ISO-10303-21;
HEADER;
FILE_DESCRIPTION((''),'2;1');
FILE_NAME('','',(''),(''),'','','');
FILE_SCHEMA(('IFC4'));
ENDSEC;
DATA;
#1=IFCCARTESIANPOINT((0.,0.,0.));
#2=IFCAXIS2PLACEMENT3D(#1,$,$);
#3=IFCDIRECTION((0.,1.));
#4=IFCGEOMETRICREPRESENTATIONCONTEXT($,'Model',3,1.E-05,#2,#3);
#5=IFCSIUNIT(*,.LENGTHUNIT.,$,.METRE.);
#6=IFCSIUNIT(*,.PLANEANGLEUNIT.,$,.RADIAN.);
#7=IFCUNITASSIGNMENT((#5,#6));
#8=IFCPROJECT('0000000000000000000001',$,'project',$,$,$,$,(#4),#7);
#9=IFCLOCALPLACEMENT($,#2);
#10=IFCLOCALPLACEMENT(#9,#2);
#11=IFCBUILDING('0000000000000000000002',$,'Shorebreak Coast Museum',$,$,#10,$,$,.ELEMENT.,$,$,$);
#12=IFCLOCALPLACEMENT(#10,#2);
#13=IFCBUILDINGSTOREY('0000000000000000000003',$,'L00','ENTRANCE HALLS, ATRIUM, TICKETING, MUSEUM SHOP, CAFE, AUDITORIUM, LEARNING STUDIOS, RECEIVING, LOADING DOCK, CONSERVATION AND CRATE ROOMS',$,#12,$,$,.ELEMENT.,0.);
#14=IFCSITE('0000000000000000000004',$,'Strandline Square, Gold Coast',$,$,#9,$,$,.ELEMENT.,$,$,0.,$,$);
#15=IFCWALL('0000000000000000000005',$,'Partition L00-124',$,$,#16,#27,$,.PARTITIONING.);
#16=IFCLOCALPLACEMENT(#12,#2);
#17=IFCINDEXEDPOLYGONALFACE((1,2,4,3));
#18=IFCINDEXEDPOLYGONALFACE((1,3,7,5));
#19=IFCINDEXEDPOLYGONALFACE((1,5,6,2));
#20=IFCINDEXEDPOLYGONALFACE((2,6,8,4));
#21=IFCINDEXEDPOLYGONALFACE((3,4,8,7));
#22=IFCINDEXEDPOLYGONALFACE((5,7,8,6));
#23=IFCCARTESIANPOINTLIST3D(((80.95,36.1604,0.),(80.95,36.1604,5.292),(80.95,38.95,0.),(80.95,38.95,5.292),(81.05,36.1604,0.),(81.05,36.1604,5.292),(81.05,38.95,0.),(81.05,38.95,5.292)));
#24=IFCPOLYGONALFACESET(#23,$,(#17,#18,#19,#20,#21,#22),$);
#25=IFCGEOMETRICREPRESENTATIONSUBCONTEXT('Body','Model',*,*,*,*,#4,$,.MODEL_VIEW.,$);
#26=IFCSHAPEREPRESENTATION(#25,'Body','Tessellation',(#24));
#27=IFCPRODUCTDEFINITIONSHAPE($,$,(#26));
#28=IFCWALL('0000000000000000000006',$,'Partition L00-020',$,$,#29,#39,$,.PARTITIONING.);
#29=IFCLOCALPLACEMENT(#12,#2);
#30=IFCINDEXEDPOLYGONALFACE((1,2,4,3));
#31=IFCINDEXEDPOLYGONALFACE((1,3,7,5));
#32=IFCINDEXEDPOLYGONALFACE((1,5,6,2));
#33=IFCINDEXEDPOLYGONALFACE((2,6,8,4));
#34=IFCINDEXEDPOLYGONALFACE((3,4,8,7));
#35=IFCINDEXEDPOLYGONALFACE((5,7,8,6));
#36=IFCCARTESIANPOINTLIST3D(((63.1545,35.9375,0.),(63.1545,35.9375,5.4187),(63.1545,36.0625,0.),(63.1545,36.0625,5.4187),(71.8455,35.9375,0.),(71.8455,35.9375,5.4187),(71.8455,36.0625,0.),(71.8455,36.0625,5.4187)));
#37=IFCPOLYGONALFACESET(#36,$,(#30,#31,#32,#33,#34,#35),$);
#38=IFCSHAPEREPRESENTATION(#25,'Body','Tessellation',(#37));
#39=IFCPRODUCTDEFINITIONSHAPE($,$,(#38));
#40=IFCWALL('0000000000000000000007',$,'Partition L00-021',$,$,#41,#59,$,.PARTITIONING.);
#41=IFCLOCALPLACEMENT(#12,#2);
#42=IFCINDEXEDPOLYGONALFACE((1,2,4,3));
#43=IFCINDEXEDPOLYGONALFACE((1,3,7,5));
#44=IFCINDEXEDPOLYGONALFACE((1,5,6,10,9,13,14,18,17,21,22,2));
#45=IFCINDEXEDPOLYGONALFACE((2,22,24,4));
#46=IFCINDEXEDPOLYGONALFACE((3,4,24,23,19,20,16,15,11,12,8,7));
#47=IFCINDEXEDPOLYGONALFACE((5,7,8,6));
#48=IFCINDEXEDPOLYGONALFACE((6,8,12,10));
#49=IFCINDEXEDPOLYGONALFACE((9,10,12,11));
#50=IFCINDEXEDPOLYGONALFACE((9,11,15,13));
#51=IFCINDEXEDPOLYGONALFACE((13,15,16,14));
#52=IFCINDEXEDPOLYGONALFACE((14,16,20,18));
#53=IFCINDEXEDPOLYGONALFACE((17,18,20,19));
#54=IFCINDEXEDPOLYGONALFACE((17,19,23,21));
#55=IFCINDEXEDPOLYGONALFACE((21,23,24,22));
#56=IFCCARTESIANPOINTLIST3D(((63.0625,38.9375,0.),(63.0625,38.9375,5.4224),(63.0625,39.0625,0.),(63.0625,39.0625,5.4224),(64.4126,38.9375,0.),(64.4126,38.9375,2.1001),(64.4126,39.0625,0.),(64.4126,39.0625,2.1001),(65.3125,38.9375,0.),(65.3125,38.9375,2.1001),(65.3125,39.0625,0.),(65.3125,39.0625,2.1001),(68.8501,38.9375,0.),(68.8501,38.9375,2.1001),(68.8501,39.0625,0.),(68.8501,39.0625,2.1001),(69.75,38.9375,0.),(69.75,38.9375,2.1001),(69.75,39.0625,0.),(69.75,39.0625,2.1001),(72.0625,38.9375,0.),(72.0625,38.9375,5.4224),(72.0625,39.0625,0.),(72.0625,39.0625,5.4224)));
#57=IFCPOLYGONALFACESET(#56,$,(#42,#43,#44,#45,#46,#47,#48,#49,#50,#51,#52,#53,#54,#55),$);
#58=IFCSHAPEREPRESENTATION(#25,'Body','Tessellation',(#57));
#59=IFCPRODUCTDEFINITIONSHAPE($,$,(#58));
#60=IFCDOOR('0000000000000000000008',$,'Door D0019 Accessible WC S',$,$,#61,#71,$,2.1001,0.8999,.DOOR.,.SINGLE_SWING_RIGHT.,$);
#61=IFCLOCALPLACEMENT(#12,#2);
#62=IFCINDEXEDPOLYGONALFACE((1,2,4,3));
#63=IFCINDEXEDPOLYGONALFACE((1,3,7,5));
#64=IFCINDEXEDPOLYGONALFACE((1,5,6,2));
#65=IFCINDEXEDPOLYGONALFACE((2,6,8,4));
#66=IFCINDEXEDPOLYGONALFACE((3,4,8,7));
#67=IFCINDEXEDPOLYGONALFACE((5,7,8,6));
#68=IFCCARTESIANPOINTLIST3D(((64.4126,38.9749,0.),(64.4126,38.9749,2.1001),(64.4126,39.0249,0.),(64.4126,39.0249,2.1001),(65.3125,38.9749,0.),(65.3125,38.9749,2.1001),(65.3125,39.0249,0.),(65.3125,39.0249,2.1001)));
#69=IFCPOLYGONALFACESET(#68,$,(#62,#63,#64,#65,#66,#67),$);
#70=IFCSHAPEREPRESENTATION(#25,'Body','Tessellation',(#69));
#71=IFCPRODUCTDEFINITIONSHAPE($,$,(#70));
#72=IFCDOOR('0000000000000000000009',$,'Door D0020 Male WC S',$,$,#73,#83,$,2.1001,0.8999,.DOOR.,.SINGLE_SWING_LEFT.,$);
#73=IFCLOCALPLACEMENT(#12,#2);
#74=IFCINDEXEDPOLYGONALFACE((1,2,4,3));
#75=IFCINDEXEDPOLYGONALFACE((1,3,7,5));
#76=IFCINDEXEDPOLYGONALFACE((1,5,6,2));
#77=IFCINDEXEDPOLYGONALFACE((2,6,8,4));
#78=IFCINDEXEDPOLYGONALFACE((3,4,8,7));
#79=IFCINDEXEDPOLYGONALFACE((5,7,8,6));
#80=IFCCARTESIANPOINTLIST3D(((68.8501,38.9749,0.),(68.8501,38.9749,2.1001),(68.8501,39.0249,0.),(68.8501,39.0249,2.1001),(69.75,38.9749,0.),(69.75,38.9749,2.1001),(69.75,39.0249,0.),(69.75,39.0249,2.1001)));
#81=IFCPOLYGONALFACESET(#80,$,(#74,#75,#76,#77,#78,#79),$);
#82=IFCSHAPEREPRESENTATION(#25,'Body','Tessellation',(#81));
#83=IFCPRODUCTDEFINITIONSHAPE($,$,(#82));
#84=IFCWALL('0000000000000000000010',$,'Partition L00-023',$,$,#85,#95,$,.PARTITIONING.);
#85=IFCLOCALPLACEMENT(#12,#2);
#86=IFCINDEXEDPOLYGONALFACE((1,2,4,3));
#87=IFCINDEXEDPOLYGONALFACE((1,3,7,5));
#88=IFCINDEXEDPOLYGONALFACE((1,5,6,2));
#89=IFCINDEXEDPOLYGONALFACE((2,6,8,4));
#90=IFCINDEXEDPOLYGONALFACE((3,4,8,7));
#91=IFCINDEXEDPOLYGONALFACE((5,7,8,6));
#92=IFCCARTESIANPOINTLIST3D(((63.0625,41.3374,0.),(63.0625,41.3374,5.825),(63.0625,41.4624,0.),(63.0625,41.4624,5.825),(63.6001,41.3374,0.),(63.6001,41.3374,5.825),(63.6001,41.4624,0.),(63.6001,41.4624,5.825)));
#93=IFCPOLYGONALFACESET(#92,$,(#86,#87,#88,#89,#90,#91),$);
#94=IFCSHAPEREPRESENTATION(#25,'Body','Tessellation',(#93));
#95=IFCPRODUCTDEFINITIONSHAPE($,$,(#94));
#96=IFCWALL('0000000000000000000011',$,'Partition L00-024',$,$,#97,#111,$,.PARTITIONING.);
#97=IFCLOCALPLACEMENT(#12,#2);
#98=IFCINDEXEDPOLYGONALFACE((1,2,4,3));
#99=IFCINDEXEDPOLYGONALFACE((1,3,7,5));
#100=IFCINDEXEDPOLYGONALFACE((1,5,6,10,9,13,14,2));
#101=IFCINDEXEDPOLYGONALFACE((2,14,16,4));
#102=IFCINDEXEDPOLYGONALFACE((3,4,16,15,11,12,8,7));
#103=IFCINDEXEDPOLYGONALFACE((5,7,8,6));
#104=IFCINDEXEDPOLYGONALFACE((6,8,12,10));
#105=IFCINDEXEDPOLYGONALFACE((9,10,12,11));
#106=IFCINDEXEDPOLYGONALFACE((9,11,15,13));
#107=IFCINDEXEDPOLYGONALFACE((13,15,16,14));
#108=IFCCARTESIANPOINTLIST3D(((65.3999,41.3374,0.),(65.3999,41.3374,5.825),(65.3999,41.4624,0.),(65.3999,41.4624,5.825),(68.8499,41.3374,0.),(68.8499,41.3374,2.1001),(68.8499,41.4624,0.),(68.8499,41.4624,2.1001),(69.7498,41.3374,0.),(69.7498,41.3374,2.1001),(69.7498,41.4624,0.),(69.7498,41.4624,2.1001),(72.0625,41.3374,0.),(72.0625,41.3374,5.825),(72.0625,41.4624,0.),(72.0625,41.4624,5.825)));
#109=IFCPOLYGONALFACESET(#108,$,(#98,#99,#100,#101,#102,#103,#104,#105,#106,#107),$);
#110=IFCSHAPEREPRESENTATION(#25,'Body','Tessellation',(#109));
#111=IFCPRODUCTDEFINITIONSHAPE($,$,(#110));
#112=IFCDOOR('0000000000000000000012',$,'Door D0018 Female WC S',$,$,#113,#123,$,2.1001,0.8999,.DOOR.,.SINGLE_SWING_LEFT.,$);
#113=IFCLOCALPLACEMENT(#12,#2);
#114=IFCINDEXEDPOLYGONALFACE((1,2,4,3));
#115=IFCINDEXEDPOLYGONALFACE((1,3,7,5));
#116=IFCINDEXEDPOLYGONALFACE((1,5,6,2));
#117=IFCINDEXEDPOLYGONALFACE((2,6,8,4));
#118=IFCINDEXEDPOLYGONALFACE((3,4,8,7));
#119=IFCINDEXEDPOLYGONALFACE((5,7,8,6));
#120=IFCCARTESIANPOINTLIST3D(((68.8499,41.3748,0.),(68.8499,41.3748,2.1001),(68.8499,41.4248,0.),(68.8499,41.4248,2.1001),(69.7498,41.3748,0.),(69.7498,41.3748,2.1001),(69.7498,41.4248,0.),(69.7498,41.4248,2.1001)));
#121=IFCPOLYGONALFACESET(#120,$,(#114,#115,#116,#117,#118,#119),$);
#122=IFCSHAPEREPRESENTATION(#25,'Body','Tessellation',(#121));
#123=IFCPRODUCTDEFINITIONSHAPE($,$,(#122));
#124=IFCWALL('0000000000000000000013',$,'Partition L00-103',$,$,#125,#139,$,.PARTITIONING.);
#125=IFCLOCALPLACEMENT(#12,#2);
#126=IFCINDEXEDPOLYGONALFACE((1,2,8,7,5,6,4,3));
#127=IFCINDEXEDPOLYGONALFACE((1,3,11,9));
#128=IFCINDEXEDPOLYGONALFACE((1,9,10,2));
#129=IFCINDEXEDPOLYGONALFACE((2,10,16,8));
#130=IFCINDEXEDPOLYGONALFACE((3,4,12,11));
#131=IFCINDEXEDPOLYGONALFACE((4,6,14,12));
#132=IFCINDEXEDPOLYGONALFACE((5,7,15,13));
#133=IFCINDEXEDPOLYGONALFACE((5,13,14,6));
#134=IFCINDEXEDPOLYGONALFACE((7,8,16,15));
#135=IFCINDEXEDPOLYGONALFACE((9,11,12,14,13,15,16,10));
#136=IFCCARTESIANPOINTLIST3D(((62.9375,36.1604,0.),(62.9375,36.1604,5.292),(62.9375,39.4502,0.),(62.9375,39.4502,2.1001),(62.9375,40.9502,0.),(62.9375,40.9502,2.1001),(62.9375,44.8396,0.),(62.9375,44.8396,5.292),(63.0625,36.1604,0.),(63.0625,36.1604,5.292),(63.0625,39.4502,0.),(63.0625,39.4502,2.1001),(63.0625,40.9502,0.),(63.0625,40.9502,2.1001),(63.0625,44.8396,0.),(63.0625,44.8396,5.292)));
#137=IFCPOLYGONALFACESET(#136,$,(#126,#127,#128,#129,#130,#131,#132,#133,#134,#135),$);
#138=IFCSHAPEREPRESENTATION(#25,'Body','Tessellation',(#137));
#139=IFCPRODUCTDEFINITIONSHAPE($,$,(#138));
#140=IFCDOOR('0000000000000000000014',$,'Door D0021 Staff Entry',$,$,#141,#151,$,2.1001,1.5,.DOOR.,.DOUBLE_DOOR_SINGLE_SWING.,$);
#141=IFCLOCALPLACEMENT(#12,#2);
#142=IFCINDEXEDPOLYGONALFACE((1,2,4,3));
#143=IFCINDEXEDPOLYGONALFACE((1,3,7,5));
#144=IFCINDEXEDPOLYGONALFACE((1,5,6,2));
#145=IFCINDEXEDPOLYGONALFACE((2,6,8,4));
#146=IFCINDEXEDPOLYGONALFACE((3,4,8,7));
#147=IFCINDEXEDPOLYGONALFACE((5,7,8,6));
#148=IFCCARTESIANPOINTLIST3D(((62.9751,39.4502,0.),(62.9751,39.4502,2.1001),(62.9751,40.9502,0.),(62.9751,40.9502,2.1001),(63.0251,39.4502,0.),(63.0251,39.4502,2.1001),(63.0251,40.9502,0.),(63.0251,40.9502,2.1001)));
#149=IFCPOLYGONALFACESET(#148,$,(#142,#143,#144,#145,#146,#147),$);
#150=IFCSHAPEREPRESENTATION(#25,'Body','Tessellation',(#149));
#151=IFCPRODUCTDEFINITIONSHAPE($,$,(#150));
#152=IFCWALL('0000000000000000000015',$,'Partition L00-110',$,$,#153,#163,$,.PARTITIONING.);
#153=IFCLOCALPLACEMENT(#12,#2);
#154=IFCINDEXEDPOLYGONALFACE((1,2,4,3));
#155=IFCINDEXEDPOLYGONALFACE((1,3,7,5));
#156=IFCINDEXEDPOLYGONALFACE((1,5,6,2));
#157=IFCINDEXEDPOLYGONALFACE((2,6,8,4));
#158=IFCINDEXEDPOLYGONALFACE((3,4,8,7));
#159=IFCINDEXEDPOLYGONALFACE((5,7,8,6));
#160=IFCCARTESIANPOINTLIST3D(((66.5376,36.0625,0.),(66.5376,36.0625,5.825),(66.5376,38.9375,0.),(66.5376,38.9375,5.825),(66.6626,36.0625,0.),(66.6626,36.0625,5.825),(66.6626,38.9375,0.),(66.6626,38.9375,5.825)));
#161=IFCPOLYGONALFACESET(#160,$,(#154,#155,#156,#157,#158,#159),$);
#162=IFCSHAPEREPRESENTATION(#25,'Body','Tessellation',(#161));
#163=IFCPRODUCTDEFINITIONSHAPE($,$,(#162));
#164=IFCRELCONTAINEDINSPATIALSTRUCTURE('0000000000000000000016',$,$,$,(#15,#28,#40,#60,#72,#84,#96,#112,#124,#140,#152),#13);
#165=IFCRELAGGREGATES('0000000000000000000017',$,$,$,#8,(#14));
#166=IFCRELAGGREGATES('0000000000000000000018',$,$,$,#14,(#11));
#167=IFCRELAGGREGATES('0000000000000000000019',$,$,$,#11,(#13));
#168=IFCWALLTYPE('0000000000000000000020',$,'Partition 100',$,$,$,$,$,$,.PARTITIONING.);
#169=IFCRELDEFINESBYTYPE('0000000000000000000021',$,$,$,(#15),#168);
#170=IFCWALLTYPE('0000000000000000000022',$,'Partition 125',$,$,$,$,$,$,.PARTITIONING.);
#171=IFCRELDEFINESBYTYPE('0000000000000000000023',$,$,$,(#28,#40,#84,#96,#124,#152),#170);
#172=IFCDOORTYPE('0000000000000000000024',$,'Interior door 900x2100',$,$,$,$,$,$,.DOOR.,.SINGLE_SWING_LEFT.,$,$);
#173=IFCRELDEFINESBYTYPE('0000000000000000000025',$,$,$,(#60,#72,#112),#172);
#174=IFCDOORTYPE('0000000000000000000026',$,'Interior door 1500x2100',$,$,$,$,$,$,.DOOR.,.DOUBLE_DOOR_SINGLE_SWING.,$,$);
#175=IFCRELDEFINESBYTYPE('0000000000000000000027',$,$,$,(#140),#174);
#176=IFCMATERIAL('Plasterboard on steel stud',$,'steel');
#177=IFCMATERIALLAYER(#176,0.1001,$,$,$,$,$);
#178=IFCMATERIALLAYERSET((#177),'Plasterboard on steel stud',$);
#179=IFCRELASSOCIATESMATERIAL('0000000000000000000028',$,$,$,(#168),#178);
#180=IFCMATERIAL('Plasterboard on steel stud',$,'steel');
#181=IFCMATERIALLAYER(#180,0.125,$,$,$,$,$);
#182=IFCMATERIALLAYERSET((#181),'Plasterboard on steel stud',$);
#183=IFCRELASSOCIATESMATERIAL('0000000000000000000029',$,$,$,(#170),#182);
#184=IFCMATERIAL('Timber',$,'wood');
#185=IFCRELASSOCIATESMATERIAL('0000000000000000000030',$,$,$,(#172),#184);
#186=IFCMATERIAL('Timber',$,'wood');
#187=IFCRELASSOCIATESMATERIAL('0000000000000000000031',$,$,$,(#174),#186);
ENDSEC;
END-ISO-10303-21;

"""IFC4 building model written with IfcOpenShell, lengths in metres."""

from ifc_helpers import new_model, si_unit, direction, frame, frame_2d, origin, place, context, subcontext, project, spatial, rectangle, extrude, material, layer, layer_set, type_object, element, fill, save


model = new_model("IFC4")

# Units and contexts
model_context = context("Model", 3, precision=1e-05, world=origin(), true_north=direction((0.0, 1.0)))
body_context = subcontext(model_context, "Body", "Model", "MODEL_VIEW")
ifc_project = project(units=[si_unit("LENGTHUNIT", "METRE"), si_unit("PLANEANGLEUNIT", "RADIAN")], contexts=[model_context])

# Site, building, storey
site_placement = place(None, origin())
site = spatial("IfcSite", under=ifc_project, at=site_placement, Name="Strandline Square, Gold Coast", CompositionType="ELEMENT", RefElevation=0.0)
building_placement = place(site_placement, origin())
building = spatial("IfcBuilding", under=site, at=building_placement, Name="Shorebreak Coast Museum", CompositionType="ELEMENT")
storey_placement = place(building_placement, origin())
storey = spatial("IfcBuildingStorey", under=building, at=storey_placement, Name="L00", Description="ENTRANCE HALLS, ATRIUM, TICKETING, MUSEUM SHOP, CAFE, AUDITORIUM, LEARNING STUDIOS, RECEIVING, LOADING DOCK, CONSERVATION AND CRATE ROOMS", CompositionType="ELEMENT", Elevation=0.0)

# Walls
ifc_material_1 = material(Name="Plasterboard on steel stud", Category="steel")
ifc_layer_1 = layer(ifc_material_1, 0.1001)
ifc_layer_set_1 = layer_set([ifc_layer_1], Name="Plasterboard on steel stud")
wall_type_1 = type_object("IfcWallType", Name="Partition 100", PredefinedType="PARTITIONING", material=ifc_layer_set_1)
wall_1_placement = place(storey_placement, frame((81.0, 36.1604, 0.0), z_axis=(0.0, 0.0, 1.0), x_axis=(0.0, 1.0, 0.0)))
element("IfcWall", 1, at=wall_1_placement, inside=storey, type_object=wall_type_1, Name="Partition L00-124", PredefinedType="PARTITIONING", context=body_context, shape_type="SweptSolid", body=[
    extrude(rectangle(XDim=2.7896, YDim=0.1001, at=frame_2d((1.3948, 0.0))), origin(), (0.0, 0.0, 1.0), 5.292),
])
ifc_material_2 = material(Name="Plasterboard on steel stud", Category="steel")
ifc_layer_2 = layer(ifc_material_2, 0.125)
ifc_layer_set_2 = layer_set([ifc_layer_2], Name="Plasterboard on steel stud")
wall_type_2 = type_object("IfcWallType", Name="Partition 125", PredefinedType="PARTITIONING", material=ifc_layer_set_2)
wall_2_placement = place(storey_placement, frame((63.1545, 36.0, 0.0), z_axis=(0.0, 0.0, 1.0), x_axis=(1.0, 0.0, 0.0)))
element("IfcWall", 2, at=wall_2_placement, inside=storey, type_object=wall_type_2, Name="Partition L00-020", PredefinedType="PARTITIONING", context=body_context, shape_type="SweptSolid", body=[
    extrude(rectangle(XDim=8.6909, YDim=0.125, at=frame_2d((4.3455, 0.0))), origin(), (0.0, 0.0, 1.0), 5.4187),
])

# Wall, openings, doors
wall_3_placement = place(storey_placement, frame((63.0625, 39.0, 0.0), z_axis=(0.0, 0.0, 1.0), x_axis=(1.0, 0.0, 0.0)))
wall_3 = element("IfcWall", 3, at=wall_3_placement, inside=storey, type_object=wall_type_2, Name="Partition L00-021", PredefinedType="PARTITIONING", context=body_context, shape_type="SweptSolid", body=[
    extrude(rectangle(XDim=9.0, YDim=0.125, at=frame_2d((4.5, 0.0))), origin(), (0.0, 0.0, 1.0), 5.4224),
])
opening_1_placement = place(wall_3_placement, frame((1.3501, 0.0, 0.0)))
opening_1 = element("IfcOpeningElement", 4, at=opening_1_placement, cuts=wall_3, PredefinedType="OPENING", context=body_context, shape_type="SweptSolid", body=[
    extrude(rectangle(XDim=0.8999, YDim=2.1001, at=frame_2d((0.45, 1.05))), frame((0.0, 0.0725, 0.0), z_axis=(0.0, -1.0, 0.0), x_axis=(1.0, 0.0, 0.0)), (0.0, 0.0, 1.0), 0.145),
])
opening_2_placement = place(wall_3_placement, frame((5.7876, 0.0, 0.0)))
opening_2 = element("IfcOpeningElement", 5, at=opening_2_placement, cuts=wall_3, PredefinedType="OPENING", context=body_context, shape_type="SweptSolid", body=[
    extrude(rectangle(XDim=0.8999, YDim=2.1001, at=frame_2d((0.45, 1.05))), frame((0.0, 0.0725, 0.0), z_axis=(0.0, -1.0, 0.0), x_axis=(1.0, 0.0, 0.0)), (0.0, 0.0, 1.0), 0.145),
])
ifc_material_3 = material(Name="Timber", Category="wood")
door_type_1 = type_object("IfcDoorType", Name="Interior door 900x2100", OperationType="SINGLE_SWING_LEFT", PredefinedType="DOOR", material=ifc_material_3)
door_1_placement = place(opening_1_placement, origin())
door_1 = element("IfcDoor", 6, at=door_1_placement, inside=storey, type_object=door_type_1, Name="Door D0019 Accessible WC S", OperationType="SINGLE_SWING_RIGHT", OverallHeight=2.1001, OverallWidth=0.8999, PredefinedType="DOOR", context=body_context, shape_type="SweptSolid", body=[
    extrude(rectangle(XDim=0.8999, YDim=2.1001, at=frame_2d((0.45, 1.05))), frame((0.0, 0.0249, 0.0), z_axis=(0.0, -1.0, 0.0), x_axis=(1.0, 0.0, 0.0)), (0.0, 0.0, 1.0), 0.05),
])
fill(opening_1, door_1)
door_2_placement = place(opening_2_placement, origin())
door_2 = element("IfcDoor", 7, at=door_2_placement, inside=storey, type_object=door_type_1, Name="Door D0020 Male WC S", OperationType="SINGLE_SWING_LEFT", OverallHeight=2.1001, OverallWidth=0.8999, PredefinedType="DOOR", context=body_context, shape_type="SweptSolid", body=[
    extrude(rectangle(XDim=0.8999, YDim=2.1001, at=frame_2d((0.45, 1.05))), frame((0.0, 0.0249, 0.0), z_axis=(0.0, -1.0, 0.0), x_axis=(1.0, 0.0, 0.0)), (0.0, 0.0, 1.0), 0.05),
])
fill(opening_2, door_2)

# Wall
wall_4_placement = place(storey_placement, frame((63.0625, 41.3999, 0.0), z_axis=(0.0, 0.0, 1.0), x_axis=(1.0, 0.0, 0.0)))
element("IfcWall", 8, at=wall_4_placement, inside=storey, type_object=wall_type_2, Name="Partition L00-023", PredefinedType="PARTITIONING", context=body_context, shape_type="SweptSolid", body=[
    extrude(rectangle(XDim=0.5376, YDim=0.125, at=frame_2d((0.2688, 0.0))), origin(), (0.0, 0.0, 1.0), 5.825),
])

# Walls, openings, doors
wall_5_placement = place(storey_placement, frame((65.3999, 41.3999, 0.0), z_axis=(0.0, 0.0, 1.0), x_axis=(1.0, 0.0, 0.0)))
wall_5 = element("IfcWall", 9, at=wall_5_placement, inside=storey, type_object=wall_type_2, Name="Partition L00-024", PredefinedType="PARTITIONING", context=body_context, shape_type="SweptSolid", body=[
    extrude(rectangle(XDim=6.6626, YDim=0.125, at=frame_2d((3.3313, 0.0))), origin(), (0.0, 0.0, 1.0), 5.825),
])
opening_3_placement = place(wall_5_placement, frame((3.45, 0.0, 0.0)))
opening_3 = element("IfcOpeningElement", 10, at=opening_3_placement, cuts=wall_5, PredefinedType="OPENING", context=body_context, shape_type="SweptSolid", body=[
    extrude(rectangle(XDim=0.8999, YDim=2.1001, at=frame_2d((0.45, 1.05))), frame((0.0, 0.0725, 0.0), z_axis=(0.0, -1.0, 0.0), x_axis=(1.0, 0.0, 0.0)), (0.0, 0.0, 1.0), 0.145),
])
door_3_placement = place(opening_3_placement, origin())
door_3 = element("IfcDoor", 11, at=door_3_placement, inside=storey, type_object=door_type_1, Name="Door D0018 Female WC S", OperationType="SINGLE_SWING_LEFT", OverallHeight=2.1001, OverallWidth=0.8999, PredefinedType="DOOR", context=body_context, shape_type="SweptSolid", body=[
    extrude(rectangle(XDim=0.8999, YDim=2.1001, at=frame_2d((0.45, 1.05))), frame((0.0, 0.0249, 0.0), z_axis=(0.0, -1.0, 0.0), x_axis=(1.0, 0.0, 0.0)), (0.0, 0.0, 1.0), 0.05),
])
fill(opening_3, door_3)
wall_6_placement = place(storey_placement, frame((63.0, 36.1604, 0.0), z_axis=(0.0, 0.0, 1.0), x_axis=(0.0, 1.0, 0.0)))
wall_6 = element("IfcWall", 12, at=wall_6_placement, inside=storey, type_object=wall_type_2, Name="Partition L00-103", PredefinedType="PARTITIONING", context=body_context, shape_type="SweptSolid", body=[
    extrude(rectangle(XDim=8.6792, YDim=0.125, at=frame_2d((4.3396, 0.0))), origin(), (0.0, 0.0, 1.0), 5.292),
])
opening_4_placement = place(wall_6_placement, frame((3.2898, 0.0, 0.0)))
opening_4 = element("IfcOpeningElement", 13, at=opening_4_placement, cuts=wall_6, PredefinedType="OPENING", context=body_context, shape_type="SweptSolid", body=[
    extrude(rectangle(XDim=1.5, YDim=2.1001, at=frame_2d((0.75, 1.05))), frame((0.0, 0.0725, 0.0), z_axis=(0.0, -1.0, 0.0), x_axis=(1.0, 0.0, 0.0)), (0.0, 0.0, 1.0), 0.145),
])
ifc_material_4 = material(Name="Timber", Category="wood")
door_type_2 = type_object("IfcDoorType", Name="Interior door 1500x2100", OperationType="DOUBLE_DOOR_SINGLE_SWING", PredefinedType="DOOR", material=ifc_material_4)
door_4_placement = place(opening_4_placement, origin())
door_4 = element("IfcDoor", 14, at=door_4_placement, inside=storey, type_object=door_type_2, Name="Door D0021 Staff Entry", OperationType="DOUBLE_DOOR_SINGLE_SWING", OverallHeight=2.1001, OverallWidth=1.5, PredefinedType="DOOR", context=body_context, shape_type="SweptSolid", body=[
    extrude(rectangle(XDim=1.5, YDim=2.1001, at=frame_2d((0.75, 1.05))), frame((0.0, 0.0249, 0.0), z_axis=(0.0, -1.0, 0.0), x_axis=(1.0, 0.0, 0.0)), (0.0, 0.0, 1.0), 0.05),
])
fill(opening_4, door_4)

# Wall
wall_7_placement = place(storey_placement, frame((66.6001, 36.0625, 0.0), z_axis=(0.0, 0.0, 1.0), x_axis=(0.0, 1.0, 0.0)))
element("IfcWall", 15, at=wall_7_placement, inside=storey, type_object=wall_type_2, Name="Partition L00-110", PredefinedType="PARTITIONING", context=body_context, shape_type="SweptSolid", body=[
    extrude(rectangle(XDim=2.875, YDim=0.125, at=frame_2d((1.4375, 0.0))), origin(), (0.0, 0.0, 1.0), 5.825),
])

save(model, "model.ifc")
